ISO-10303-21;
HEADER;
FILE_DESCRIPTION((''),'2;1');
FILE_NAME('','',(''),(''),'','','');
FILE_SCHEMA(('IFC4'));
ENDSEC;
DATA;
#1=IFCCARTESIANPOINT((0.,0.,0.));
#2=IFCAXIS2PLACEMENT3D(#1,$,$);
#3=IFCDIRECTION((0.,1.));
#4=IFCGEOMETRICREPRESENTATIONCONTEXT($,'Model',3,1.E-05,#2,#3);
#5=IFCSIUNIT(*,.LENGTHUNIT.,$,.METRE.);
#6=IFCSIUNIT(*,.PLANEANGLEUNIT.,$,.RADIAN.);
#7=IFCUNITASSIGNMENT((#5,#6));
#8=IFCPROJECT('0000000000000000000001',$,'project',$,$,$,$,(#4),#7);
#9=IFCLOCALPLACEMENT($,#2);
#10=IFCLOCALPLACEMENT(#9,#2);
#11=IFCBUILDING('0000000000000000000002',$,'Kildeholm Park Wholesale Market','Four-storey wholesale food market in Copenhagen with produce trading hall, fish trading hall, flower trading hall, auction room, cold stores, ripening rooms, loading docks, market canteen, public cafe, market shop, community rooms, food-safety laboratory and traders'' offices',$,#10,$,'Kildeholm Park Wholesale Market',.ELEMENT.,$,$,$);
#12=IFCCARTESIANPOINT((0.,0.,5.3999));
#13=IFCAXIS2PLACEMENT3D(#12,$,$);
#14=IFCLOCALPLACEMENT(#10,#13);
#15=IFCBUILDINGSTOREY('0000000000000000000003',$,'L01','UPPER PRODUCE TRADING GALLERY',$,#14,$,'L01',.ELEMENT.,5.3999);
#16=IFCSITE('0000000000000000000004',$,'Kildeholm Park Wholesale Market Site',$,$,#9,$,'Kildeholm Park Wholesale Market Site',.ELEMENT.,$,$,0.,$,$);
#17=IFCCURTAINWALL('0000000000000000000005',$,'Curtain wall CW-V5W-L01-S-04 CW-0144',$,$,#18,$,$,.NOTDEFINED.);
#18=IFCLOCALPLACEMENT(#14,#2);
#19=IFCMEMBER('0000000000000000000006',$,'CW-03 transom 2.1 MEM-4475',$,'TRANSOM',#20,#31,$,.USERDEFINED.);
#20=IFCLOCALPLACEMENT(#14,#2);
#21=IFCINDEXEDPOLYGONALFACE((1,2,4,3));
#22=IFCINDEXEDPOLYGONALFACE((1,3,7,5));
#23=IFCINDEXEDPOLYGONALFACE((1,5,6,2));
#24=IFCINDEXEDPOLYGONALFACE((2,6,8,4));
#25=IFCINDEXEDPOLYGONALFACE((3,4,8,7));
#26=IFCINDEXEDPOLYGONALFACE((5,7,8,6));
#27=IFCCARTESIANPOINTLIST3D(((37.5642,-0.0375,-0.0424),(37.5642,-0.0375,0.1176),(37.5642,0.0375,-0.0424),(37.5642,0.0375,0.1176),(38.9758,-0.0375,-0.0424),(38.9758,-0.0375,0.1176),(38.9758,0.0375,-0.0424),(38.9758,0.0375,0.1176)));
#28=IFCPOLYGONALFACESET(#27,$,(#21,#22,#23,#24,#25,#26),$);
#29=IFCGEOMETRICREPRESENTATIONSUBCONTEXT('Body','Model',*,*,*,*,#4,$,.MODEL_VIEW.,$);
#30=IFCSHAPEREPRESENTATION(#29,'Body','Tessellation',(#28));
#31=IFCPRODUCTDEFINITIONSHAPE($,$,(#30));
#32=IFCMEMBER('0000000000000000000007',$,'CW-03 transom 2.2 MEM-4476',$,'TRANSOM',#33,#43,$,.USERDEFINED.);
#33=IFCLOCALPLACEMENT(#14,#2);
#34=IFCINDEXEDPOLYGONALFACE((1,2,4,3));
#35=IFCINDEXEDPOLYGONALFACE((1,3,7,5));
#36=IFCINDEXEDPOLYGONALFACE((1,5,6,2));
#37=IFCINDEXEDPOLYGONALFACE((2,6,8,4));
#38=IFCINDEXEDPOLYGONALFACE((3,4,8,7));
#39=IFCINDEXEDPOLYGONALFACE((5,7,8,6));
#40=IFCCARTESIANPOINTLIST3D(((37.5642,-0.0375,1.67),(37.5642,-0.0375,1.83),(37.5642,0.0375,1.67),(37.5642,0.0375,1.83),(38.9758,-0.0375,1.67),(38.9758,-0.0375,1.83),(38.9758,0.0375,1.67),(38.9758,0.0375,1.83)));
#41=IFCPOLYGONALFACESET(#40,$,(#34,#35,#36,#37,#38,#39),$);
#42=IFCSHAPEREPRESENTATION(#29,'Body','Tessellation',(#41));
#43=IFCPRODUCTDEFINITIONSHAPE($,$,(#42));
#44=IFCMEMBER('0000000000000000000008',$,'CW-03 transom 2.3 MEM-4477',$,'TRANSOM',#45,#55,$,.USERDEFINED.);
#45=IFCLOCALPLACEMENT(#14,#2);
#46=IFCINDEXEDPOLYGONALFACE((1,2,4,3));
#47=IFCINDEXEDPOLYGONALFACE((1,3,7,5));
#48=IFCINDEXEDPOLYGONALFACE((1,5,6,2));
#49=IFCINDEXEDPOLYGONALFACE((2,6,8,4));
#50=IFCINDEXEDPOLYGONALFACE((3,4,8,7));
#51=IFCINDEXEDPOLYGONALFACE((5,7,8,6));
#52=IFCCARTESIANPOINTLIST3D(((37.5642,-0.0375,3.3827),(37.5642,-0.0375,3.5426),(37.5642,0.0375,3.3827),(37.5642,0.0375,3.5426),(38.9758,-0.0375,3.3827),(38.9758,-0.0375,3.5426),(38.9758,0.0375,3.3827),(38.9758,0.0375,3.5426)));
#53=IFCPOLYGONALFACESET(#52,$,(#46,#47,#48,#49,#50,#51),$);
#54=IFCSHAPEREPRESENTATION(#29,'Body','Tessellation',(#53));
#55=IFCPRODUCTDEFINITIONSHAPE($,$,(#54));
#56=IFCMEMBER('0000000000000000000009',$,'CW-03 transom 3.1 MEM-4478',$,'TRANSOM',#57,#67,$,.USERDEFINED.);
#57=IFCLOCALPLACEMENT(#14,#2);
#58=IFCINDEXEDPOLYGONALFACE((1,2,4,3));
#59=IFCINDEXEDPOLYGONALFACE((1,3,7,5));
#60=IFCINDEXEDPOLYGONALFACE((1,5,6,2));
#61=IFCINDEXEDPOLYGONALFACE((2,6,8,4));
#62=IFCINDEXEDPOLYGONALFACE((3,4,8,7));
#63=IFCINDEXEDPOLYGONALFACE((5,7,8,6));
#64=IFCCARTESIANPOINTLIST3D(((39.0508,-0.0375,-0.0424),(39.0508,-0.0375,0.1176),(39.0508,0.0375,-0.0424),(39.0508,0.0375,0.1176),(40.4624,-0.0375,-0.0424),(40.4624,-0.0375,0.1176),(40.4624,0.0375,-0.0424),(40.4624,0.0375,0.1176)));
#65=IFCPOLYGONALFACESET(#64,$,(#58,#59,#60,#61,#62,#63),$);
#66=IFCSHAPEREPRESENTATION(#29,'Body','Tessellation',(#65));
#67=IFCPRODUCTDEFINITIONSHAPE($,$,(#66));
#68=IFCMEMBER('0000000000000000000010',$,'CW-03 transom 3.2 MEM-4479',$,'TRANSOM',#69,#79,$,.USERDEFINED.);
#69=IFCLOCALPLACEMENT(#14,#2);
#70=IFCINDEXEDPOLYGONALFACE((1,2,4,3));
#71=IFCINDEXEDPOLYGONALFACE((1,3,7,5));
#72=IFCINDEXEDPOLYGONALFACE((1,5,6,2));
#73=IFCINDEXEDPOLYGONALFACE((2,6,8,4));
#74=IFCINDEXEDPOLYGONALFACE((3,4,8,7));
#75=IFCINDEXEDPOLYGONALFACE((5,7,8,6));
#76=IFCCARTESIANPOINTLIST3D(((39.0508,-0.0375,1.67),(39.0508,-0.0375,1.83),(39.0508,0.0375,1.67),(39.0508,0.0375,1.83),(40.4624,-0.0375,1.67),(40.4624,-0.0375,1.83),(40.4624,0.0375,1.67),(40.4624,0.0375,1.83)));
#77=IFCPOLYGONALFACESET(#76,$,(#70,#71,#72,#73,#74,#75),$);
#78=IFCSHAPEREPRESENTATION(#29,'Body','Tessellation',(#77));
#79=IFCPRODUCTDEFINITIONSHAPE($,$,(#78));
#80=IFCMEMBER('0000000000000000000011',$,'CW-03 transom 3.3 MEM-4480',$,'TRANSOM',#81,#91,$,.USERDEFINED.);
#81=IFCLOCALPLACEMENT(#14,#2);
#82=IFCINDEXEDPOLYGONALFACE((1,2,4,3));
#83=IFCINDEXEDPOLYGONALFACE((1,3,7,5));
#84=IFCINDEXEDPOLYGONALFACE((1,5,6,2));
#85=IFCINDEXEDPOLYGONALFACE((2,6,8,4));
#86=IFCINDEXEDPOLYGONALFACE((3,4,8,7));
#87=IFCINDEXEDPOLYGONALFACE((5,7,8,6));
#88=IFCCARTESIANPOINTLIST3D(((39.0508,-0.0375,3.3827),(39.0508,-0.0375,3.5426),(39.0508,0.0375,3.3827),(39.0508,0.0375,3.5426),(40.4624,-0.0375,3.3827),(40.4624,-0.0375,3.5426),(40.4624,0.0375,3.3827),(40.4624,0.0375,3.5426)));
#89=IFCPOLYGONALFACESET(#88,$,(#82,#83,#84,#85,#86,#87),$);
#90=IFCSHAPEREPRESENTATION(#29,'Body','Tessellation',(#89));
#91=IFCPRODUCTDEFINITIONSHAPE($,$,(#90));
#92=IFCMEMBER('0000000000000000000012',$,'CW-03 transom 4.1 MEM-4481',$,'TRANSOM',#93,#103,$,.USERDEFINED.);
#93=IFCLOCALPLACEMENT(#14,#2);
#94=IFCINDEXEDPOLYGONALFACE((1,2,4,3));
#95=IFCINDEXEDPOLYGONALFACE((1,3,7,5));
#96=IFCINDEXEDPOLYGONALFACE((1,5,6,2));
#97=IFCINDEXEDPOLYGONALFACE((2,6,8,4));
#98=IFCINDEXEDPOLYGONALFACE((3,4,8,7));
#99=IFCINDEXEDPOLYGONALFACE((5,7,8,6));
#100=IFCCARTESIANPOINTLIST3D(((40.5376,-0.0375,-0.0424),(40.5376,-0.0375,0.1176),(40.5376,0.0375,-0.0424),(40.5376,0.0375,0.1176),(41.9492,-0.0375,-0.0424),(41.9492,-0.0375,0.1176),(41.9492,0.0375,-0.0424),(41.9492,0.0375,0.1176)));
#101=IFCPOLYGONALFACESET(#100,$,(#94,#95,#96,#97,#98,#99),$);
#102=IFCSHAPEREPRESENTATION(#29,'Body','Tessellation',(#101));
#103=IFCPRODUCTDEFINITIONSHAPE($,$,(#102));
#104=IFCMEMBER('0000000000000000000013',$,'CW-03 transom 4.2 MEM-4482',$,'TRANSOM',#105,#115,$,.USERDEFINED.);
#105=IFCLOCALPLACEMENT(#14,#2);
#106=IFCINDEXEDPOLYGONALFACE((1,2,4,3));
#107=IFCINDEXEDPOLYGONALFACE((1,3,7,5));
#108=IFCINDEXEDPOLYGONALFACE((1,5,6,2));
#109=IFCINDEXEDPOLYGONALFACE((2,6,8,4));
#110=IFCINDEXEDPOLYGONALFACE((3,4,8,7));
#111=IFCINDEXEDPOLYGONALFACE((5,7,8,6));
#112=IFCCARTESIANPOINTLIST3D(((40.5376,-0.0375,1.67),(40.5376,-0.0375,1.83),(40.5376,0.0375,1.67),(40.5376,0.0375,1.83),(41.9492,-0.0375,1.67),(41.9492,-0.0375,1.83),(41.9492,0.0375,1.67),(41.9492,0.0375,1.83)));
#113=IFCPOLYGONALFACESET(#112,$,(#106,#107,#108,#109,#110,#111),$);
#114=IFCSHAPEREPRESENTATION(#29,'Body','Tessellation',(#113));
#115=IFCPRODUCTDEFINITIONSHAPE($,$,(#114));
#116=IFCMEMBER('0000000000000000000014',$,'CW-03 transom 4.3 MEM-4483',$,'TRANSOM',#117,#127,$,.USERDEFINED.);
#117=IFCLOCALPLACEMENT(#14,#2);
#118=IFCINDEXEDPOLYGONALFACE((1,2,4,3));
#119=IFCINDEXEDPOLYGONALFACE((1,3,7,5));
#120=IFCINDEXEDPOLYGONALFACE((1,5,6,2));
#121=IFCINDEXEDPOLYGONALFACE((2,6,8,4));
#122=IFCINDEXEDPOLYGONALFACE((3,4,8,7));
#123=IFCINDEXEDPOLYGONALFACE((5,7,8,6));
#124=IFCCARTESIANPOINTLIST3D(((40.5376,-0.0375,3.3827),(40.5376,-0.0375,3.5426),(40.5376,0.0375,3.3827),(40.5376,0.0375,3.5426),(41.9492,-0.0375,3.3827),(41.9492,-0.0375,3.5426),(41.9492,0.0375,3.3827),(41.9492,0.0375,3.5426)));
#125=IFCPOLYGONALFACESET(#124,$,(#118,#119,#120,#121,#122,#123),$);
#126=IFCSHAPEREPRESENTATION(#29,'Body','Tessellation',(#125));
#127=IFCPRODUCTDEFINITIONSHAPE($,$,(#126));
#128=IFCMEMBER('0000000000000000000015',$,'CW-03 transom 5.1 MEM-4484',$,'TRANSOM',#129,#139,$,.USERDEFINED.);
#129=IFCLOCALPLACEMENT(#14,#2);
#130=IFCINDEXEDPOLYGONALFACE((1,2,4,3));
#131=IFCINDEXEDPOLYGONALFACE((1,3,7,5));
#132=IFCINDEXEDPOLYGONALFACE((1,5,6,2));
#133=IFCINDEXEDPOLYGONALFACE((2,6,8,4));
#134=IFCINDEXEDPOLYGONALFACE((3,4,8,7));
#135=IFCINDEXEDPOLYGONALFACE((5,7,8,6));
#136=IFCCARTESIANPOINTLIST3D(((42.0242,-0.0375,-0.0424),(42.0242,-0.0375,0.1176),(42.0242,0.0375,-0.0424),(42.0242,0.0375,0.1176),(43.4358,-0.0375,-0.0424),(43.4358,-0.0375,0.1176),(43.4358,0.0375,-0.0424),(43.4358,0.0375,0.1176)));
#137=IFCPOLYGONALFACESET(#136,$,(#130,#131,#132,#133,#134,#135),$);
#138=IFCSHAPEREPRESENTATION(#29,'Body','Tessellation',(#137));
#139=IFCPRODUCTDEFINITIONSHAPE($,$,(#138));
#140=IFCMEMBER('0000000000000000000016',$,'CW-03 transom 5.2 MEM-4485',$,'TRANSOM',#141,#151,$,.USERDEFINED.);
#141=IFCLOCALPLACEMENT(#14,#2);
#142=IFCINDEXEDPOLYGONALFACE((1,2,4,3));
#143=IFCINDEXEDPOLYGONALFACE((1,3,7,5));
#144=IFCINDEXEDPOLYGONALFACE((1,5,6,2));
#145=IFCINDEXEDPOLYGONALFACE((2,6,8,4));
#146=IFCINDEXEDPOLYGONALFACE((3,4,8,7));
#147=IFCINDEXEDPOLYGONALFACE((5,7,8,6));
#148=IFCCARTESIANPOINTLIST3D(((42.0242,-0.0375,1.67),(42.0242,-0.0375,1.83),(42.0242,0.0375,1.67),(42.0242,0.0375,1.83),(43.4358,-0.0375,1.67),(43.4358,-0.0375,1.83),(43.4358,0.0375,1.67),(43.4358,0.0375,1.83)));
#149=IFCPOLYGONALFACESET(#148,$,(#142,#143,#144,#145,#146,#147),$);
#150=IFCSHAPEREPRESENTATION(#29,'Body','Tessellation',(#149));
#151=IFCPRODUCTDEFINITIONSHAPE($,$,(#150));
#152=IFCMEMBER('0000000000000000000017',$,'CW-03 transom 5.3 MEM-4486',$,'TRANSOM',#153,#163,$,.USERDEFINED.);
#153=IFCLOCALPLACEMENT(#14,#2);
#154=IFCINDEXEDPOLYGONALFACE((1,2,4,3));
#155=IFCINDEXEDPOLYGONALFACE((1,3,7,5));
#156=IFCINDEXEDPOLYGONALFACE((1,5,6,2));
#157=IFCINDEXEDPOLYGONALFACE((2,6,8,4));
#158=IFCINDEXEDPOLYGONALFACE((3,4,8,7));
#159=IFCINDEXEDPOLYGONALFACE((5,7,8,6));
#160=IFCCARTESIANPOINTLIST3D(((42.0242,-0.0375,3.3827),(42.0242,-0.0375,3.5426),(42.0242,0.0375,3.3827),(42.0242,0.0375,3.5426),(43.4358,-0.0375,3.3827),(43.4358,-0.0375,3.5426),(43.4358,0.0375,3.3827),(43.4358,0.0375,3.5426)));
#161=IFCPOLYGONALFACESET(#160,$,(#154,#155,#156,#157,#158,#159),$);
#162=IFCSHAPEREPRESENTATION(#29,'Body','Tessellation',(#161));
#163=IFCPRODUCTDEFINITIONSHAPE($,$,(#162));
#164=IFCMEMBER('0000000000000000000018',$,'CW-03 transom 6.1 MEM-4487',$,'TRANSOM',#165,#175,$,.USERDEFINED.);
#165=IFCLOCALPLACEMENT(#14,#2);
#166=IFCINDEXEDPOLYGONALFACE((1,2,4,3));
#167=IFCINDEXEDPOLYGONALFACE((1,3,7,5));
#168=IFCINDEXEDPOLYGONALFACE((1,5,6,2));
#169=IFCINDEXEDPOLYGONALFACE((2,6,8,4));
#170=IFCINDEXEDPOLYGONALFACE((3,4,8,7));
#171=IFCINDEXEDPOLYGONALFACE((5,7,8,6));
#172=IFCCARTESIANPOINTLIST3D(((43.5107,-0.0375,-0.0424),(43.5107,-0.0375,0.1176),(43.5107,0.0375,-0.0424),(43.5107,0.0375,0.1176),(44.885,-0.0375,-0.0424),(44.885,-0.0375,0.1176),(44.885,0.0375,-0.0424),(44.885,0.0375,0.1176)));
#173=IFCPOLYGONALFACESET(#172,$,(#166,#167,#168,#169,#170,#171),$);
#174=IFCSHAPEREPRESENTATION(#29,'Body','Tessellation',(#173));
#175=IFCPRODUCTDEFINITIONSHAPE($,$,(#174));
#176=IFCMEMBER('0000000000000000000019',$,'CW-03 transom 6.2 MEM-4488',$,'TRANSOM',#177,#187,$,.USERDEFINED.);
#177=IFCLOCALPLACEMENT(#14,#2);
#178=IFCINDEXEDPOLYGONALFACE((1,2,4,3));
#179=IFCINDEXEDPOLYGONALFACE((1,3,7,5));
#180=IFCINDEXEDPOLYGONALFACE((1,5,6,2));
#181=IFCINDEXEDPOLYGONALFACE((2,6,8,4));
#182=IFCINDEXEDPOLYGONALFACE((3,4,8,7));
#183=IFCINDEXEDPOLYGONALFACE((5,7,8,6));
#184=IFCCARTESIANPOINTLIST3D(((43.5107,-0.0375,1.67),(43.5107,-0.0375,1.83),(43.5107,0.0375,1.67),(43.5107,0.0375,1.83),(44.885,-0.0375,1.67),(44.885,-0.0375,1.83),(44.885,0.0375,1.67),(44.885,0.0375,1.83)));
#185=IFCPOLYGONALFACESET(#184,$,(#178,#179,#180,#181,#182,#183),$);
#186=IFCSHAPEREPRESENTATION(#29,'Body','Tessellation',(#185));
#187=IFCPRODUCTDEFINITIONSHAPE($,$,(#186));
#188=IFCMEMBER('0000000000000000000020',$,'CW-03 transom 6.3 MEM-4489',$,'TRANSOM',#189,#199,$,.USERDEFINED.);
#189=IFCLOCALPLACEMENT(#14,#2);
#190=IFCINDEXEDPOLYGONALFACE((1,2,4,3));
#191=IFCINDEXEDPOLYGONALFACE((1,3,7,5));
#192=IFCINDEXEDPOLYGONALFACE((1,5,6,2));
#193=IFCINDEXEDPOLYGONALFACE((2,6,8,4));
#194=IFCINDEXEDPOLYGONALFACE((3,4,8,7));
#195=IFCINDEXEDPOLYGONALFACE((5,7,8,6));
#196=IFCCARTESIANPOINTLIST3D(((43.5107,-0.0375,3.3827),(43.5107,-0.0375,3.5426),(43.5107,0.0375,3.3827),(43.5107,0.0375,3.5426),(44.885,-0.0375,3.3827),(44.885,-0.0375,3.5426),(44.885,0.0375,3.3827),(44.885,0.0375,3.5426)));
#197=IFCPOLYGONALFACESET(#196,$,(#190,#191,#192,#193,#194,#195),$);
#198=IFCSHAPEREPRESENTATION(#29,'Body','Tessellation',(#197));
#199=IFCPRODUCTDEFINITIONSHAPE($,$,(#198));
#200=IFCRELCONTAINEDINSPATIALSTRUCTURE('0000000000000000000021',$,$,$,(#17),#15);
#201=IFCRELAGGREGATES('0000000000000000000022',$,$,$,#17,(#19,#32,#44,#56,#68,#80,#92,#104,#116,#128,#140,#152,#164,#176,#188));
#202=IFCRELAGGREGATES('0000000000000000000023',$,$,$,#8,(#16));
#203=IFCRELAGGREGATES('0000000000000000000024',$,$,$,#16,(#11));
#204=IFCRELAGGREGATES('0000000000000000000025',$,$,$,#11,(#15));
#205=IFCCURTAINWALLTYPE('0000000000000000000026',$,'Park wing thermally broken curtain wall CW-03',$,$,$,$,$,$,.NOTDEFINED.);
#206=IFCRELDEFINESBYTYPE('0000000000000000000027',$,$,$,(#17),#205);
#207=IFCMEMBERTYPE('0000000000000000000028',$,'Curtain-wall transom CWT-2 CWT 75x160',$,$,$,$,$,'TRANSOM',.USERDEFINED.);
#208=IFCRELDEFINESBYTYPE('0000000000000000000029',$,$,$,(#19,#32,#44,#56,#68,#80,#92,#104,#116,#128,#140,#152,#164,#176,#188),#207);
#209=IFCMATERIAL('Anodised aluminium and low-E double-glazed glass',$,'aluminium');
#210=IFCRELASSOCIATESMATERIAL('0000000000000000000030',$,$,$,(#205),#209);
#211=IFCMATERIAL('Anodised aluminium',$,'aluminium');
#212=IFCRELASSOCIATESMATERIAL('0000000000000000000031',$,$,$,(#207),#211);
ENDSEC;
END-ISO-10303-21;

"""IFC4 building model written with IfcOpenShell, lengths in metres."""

from ifc_helpers import new_model, si_unit, direction, frame, origin, origin_2d, place, context, subcontext, project, spatial, rectangle, extrude, material, material_profile, profile_set, type_object, element, aggregate, save


model = new_model("IFC4")

# Units and contexts
model_context = context("Model", 3, precision=1e-05, world=origin(), true_north=direction((0.0, 1.0)))
body_context = subcontext(model_context, "Body", "Model", "MODEL_VIEW")
ifc_project = project(units=[si_unit("LENGTHUNIT", "METRE"), si_unit("PLANEANGLEUNIT", "RADIAN")], contexts=[model_context])

# Site, building, storey
site_placement = place(None, origin())
site = spatial("IfcSite", under=ifc_project, at=site_placement, Name="Kildeholm Park Wholesale Market Site", LongName="Kildeholm Park Wholesale Market Site", CompositionType="ELEMENT", RefElevation=0.0)
building_placement = place(site_placement, origin())
building = spatial("IfcBuilding", under=site, at=building_placement, Name="Kildeholm Park Wholesale Market", Description="Four-storey wholesale food market in Copenhagen with produce trading hall, fish trading hall, flower trading hall, auction room, cold stores, ripening rooms, loading docks, market canteen, public cafe, market shop, community rooms, food-safety laboratory and traders' offices", LongName="Kildeholm Park Wholesale Market", CompositionType="ELEMENT")
storey_placement = place(building_placement, frame((0.0, 0.0, 5.3999)))
storey = spatial("IfcBuildingStorey", under=building, at=storey_placement, Name="L01", Description="UPPER PRODUCE TRADING GALLERY", LongName="L01", CompositionType="ELEMENT", Elevation=5.3999)

# Curtain wall, members
ifc_material_1 = material(Name="Anodised aluminium and low-E double-glazed glass", Category="aluminium")
curtain_wall_type = type_object("IfcCurtainWallType", Name="Park wing thermally broken curtain wall CW-03", PredefinedType="NOTDEFINED", material=ifc_material_1)
curtain_wall_placement = place(storey_placement, origin())
curtain_wall = element("IfcCurtainWall", 1, at=curtain_wall_placement, inside=storey, type_object=curtain_wall_type, Name="Curtain wall CW-V5W-L01-S-04 CW-0144", PredefinedType="NOTDEFINED")
ifc_material_2 = material(Name="Anodised aluminium", Category="aluminium")
ifc_material_profile_1 = material_profile(ifc_material_2, rectangle(XDim=0.075, YDim=0.1599, at=origin_2d()), Name="CWT 75x160")
ifc_profile_set_1 = profile_set([ifc_material_profile_1], Name="Anodised aluminium")
member_type_1 = type_object("IfcMemberType", Name="Curtain-wall transom CWT-2 CWT 75x160", ElementType="TRANSOM", PredefinedType="USERDEFINED", material=ifc_profile_set_1)
member_1_placement = place(storey_placement, frame((37.5642, 0.0, 0.0376), z_axis=(1.0, 0.0, 0.0), x_axis=(0.0, 1.0, 0.0)))
member_1 = element("IfcMember", 2, at=member_1_placement, type_object=member_type_1, Name="CW-03 transom 2.1 MEM-4475", ObjectType="TRANSOM", PredefinedType="USERDEFINED", context=body_context, shape_type="SweptSolid", body=[
    extrude(rectangle(XDim=0.075, YDim=0.1599, at=origin_2d()), origin(), (0.0, 0.0, 1.0), 1.4116),
])
member_2_placement = place(storey_placement, frame((37.5642, 0.0, 1.75), z_axis=(1.0, 0.0, 0.0), x_axis=(0.0, 1.0, 0.0)))
member_2 = element("IfcMember", 3, at=member_2_placement, type_object=member_type_1, Name="CW-03 transom 2.2 MEM-4476", ObjectType="TRANSOM", PredefinedType="USERDEFINED", context=body_context, shape_type="SweptSolid", body=[
    extrude(rectangle(XDim=0.075, YDim=0.1599, at=origin_2d()), origin(), (0.0, 0.0, 1.0), 1.4116),
])
member_3_placement = place(storey_placement, frame((37.5642, 0.0, 3.4626), z_axis=(1.0, 0.0, 0.0), x_axis=(0.0, 1.0, 0.0)))
member_3 = element("IfcMember", 4, at=member_3_placement, type_object=member_type_1, Name="CW-03 transom 2.3 MEM-4477", ObjectType="TRANSOM", PredefinedType="USERDEFINED", context=body_context, shape_type="SweptSolid", body=[
    extrude(rectangle(XDim=0.075, YDim=0.1599, at=origin_2d()), origin(), (0.0, 0.0, 1.0), 1.4116),
])
member_4_placement = place(storey_placement, frame((39.0508, 0.0, 0.0376), z_axis=(1.0, 0.0, 0.0), x_axis=(0.0, 1.0, 0.0)))
member_4 = element("IfcMember", 5, at=member_4_placement, type_object=member_type_1, Name="CW-03 transom 3.1 MEM-4478", ObjectType="TRANSOM", PredefinedType="USERDEFINED", context=body_context, shape_type="SweptSolid", body=[
    extrude(rectangle(XDim=0.075, YDim=0.1599, at=origin_2d()), origin(), (0.0, 0.0, 1.0), 1.4116),
])
member_5_placement = place(storey_placement, frame((39.0508, 0.0, 1.75), z_axis=(1.0, 0.0, 0.0), x_axis=(0.0, 1.0, 0.0)))
member_5 = element("IfcMember", 6, at=member_5_placement, type_object=member_type_1, Name="CW-03 transom 3.2 MEM-4479", ObjectType="TRANSOM", PredefinedType="USERDEFINED", context=body_context, shape_type="SweptSolid", body=[
    extrude(rectangle(XDim=0.075, YDim=0.1599, at=origin_2d()), origin(), (0.0, 0.0, 1.0), 1.4116),
])
member_6_placement = place(storey_placement, frame((39.0508, 0.0, 3.4626), z_axis=(1.0, 0.0, 0.0), x_axis=(0.0, 1.0, 0.0)))
member_6 = element("IfcMember", 7, at=member_6_placement, type_object=member_type_1, Name="CW-03 transom 3.3 MEM-4480", ObjectType="TRANSOM", PredefinedType="USERDEFINED", context=body_context, shape_type="SweptSolid", body=[
    extrude(rectangle(XDim=0.075, YDim=0.1599, at=origin_2d()), origin(), (0.0, 0.0, 1.0), 1.4116),
])
member_7_placement = place(storey_placement, frame((40.5376, 0.0, 0.0376), z_axis=(1.0, 0.0, 0.0), x_axis=(0.0, 1.0, 0.0)))
member_7 = element("IfcMember", 8, at=member_7_placement, type_object=member_type_1, Name="CW-03 transom 4.1 MEM-4481", ObjectType="TRANSOM", PredefinedType="USERDEFINED", context=body_context, shape_type="SweptSolid", body=[
    extrude(rectangle(XDim=0.075, YDim=0.1599, at=origin_2d()), origin(), (0.0, 0.0, 1.0), 1.4116),
])
member_8_placement = place(storey_placement, frame((40.5376, 0.0, 1.75), z_axis=(1.0, 0.0, 0.0), x_axis=(0.0, 1.0, 0.0)))
member_8 = element("IfcMember", 9, at=member_8_placement, type_object=member_type_1, Name="CW-03 transom 4.2 MEM-4482", ObjectType="TRANSOM", PredefinedType="USERDEFINED", context=body_context, shape_type="SweptSolid", body=[
    extrude(rectangle(XDim=0.075, YDim=0.1599, at=origin_2d()), origin(), (0.0, 0.0, 1.0), 1.4116),
])
member_9_placement = place(storey_placement, frame((40.5376, 0.0, 3.4626), z_axis=(1.0, 0.0, 0.0), x_axis=(0.0, 1.0, 0.0)))
member_9 = element("IfcMember", 10, at=member_9_placement, type_object=member_type_1, Name="CW-03 transom 4.3 MEM-4483", ObjectType="TRANSOM", PredefinedType="USERDEFINED", context=body_context, shape_type="SweptSolid", body=[
    extrude(rectangle(XDim=0.075, YDim=0.1599, at=origin_2d()), origin(), (0.0, 0.0, 1.0), 1.4116),
])
member_10_placement = place(storey_placement, frame((42.0242, 0.0, 0.0376), z_axis=(1.0, 0.0, 0.0), x_axis=(0.0, 1.0, 0.0)))
member_10 = element("IfcMember", 11, at=member_10_placement, type_object=member_type_1, Name="CW-03 transom 5.1 MEM-4484", ObjectType="TRANSOM", PredefinedType="USERDEFINED", context=body_context, shape_type="SweptSolid", body=[
    extrude(rectangle(XDim=0.075, YDim=0.1599, at=origin_2d()), origin(), (0.0, 0.0, 1.0), 1.4116),
])
member_11_placement = place(storey_placement, frame((42.0242, 0.0, 1.75), z_axis=(1.0, 0.0, 0.0), x_axis=(0.0, 1.0, 0.0)))
member_11 = element("IfcMember", 12, at=member_11_placement, type_object=member_type_1, Name="CW-03 transom 5.2 MEM-4485", ObjectType="TRANSOM", PredefinedType="USERDEFINED", context=body_context, shape_type="SweptSolid", body=[
    extrude(rectangle(XDim=0.075, YDim=0.1599, at=origin_2d()), origin(), (0.0, 0.0, 1.0), 1.4116),
])
member_12_placement = place(storey_placement, frame((42.0242, 0.0, 3.4626), z_axis=(1.0, 0.0, 0.0), x_axis=(0.0, 1.0, 0.0)))
member_12 = element("IfcMember", 13, at=member_12_placement, type_object=member_type_1, Name="CW-03 transom 5.3 MEM-4486", ObjectType="TRANSOM", PredefinedType="USERDEFINED", context=body_context, shape_type="SweptSolid", body=[
    extrude(rectangle(XDim=0.075, YDim=0.1599, at=origin_2d()), origin(), (0.0, 0.0, 1.0), 1.4116),
])
member_13_placement = place(storey_placement, frame((43.5107, 0.0, 0.0376), z_axis=(1.0, 0.0, 0.0), x_axis=(0.0, 1.0, 0.0)))
member_13 = element("IfcMember", 14, at=member_13_placement, type_object=member_type_1, Name="CW-03 transom 6.1 MEM-4487", ObjectType="TRANSOM", PredefinedType="USERDEFINED", context=body_context, shape_type="SweptSolid", body=[
    extrude(rectangle(XDim=0.075, YDim=0.1599, at=origin_2d()), origin(), (0.0, 0.0, 1.0), 1.3743),
])
member_14_placement = place(storey_placement, frame((43.5107, 0.0, 1.75), z_axis=(1.0, 0.0, 0.0), x_axis=(0.0, 1.0, 0.0)))
member_14 = element("IfcMember", 15, at=member_14_placement, type_object=member_type_1, Name="CW-03 transom 6.2 MEM-4488", ObjectType="TRANSOM", PredefinedType="USERDEFINED", context=body_context, shape_type="SweptSolid", body=[
    extrude(rectangle(XDim=0.075, YDim=0.1599, at=origin_2d()), origin(), (0.0, 0.0, 1.0), 1.3743),
])
member_15_placement = place(storey_placement, frame((43.5107, 0.0, 3.4626), z_axis=(1.0, 0.0, 0.0), x_axis=(0.0, 1.0, 0.0)))
member_15 = element("IfcMember", 16, at=member_15_placement, type_object=member_type_1, Name="CW-03 transom 6.3 MEM-4489", ObjectType="TRANSOM", PredefinedType="USERDEFINED", context=body_context, shape_type="SweptSolid", body=[
    extrude(rectangle(XDim=0.075, YDim=0.1599, at=origin_2d()), origin(), (0.0, 0.0, 1.0), 1.3743),
])
aggregate(curtain_wall, [member_1, member_2, member_3, member_4, member_5, member_6, member_7, member_8, member_9, member_10, member_11, member_12, member_13, member_14, member_15])

save(model, "model.ifc")
